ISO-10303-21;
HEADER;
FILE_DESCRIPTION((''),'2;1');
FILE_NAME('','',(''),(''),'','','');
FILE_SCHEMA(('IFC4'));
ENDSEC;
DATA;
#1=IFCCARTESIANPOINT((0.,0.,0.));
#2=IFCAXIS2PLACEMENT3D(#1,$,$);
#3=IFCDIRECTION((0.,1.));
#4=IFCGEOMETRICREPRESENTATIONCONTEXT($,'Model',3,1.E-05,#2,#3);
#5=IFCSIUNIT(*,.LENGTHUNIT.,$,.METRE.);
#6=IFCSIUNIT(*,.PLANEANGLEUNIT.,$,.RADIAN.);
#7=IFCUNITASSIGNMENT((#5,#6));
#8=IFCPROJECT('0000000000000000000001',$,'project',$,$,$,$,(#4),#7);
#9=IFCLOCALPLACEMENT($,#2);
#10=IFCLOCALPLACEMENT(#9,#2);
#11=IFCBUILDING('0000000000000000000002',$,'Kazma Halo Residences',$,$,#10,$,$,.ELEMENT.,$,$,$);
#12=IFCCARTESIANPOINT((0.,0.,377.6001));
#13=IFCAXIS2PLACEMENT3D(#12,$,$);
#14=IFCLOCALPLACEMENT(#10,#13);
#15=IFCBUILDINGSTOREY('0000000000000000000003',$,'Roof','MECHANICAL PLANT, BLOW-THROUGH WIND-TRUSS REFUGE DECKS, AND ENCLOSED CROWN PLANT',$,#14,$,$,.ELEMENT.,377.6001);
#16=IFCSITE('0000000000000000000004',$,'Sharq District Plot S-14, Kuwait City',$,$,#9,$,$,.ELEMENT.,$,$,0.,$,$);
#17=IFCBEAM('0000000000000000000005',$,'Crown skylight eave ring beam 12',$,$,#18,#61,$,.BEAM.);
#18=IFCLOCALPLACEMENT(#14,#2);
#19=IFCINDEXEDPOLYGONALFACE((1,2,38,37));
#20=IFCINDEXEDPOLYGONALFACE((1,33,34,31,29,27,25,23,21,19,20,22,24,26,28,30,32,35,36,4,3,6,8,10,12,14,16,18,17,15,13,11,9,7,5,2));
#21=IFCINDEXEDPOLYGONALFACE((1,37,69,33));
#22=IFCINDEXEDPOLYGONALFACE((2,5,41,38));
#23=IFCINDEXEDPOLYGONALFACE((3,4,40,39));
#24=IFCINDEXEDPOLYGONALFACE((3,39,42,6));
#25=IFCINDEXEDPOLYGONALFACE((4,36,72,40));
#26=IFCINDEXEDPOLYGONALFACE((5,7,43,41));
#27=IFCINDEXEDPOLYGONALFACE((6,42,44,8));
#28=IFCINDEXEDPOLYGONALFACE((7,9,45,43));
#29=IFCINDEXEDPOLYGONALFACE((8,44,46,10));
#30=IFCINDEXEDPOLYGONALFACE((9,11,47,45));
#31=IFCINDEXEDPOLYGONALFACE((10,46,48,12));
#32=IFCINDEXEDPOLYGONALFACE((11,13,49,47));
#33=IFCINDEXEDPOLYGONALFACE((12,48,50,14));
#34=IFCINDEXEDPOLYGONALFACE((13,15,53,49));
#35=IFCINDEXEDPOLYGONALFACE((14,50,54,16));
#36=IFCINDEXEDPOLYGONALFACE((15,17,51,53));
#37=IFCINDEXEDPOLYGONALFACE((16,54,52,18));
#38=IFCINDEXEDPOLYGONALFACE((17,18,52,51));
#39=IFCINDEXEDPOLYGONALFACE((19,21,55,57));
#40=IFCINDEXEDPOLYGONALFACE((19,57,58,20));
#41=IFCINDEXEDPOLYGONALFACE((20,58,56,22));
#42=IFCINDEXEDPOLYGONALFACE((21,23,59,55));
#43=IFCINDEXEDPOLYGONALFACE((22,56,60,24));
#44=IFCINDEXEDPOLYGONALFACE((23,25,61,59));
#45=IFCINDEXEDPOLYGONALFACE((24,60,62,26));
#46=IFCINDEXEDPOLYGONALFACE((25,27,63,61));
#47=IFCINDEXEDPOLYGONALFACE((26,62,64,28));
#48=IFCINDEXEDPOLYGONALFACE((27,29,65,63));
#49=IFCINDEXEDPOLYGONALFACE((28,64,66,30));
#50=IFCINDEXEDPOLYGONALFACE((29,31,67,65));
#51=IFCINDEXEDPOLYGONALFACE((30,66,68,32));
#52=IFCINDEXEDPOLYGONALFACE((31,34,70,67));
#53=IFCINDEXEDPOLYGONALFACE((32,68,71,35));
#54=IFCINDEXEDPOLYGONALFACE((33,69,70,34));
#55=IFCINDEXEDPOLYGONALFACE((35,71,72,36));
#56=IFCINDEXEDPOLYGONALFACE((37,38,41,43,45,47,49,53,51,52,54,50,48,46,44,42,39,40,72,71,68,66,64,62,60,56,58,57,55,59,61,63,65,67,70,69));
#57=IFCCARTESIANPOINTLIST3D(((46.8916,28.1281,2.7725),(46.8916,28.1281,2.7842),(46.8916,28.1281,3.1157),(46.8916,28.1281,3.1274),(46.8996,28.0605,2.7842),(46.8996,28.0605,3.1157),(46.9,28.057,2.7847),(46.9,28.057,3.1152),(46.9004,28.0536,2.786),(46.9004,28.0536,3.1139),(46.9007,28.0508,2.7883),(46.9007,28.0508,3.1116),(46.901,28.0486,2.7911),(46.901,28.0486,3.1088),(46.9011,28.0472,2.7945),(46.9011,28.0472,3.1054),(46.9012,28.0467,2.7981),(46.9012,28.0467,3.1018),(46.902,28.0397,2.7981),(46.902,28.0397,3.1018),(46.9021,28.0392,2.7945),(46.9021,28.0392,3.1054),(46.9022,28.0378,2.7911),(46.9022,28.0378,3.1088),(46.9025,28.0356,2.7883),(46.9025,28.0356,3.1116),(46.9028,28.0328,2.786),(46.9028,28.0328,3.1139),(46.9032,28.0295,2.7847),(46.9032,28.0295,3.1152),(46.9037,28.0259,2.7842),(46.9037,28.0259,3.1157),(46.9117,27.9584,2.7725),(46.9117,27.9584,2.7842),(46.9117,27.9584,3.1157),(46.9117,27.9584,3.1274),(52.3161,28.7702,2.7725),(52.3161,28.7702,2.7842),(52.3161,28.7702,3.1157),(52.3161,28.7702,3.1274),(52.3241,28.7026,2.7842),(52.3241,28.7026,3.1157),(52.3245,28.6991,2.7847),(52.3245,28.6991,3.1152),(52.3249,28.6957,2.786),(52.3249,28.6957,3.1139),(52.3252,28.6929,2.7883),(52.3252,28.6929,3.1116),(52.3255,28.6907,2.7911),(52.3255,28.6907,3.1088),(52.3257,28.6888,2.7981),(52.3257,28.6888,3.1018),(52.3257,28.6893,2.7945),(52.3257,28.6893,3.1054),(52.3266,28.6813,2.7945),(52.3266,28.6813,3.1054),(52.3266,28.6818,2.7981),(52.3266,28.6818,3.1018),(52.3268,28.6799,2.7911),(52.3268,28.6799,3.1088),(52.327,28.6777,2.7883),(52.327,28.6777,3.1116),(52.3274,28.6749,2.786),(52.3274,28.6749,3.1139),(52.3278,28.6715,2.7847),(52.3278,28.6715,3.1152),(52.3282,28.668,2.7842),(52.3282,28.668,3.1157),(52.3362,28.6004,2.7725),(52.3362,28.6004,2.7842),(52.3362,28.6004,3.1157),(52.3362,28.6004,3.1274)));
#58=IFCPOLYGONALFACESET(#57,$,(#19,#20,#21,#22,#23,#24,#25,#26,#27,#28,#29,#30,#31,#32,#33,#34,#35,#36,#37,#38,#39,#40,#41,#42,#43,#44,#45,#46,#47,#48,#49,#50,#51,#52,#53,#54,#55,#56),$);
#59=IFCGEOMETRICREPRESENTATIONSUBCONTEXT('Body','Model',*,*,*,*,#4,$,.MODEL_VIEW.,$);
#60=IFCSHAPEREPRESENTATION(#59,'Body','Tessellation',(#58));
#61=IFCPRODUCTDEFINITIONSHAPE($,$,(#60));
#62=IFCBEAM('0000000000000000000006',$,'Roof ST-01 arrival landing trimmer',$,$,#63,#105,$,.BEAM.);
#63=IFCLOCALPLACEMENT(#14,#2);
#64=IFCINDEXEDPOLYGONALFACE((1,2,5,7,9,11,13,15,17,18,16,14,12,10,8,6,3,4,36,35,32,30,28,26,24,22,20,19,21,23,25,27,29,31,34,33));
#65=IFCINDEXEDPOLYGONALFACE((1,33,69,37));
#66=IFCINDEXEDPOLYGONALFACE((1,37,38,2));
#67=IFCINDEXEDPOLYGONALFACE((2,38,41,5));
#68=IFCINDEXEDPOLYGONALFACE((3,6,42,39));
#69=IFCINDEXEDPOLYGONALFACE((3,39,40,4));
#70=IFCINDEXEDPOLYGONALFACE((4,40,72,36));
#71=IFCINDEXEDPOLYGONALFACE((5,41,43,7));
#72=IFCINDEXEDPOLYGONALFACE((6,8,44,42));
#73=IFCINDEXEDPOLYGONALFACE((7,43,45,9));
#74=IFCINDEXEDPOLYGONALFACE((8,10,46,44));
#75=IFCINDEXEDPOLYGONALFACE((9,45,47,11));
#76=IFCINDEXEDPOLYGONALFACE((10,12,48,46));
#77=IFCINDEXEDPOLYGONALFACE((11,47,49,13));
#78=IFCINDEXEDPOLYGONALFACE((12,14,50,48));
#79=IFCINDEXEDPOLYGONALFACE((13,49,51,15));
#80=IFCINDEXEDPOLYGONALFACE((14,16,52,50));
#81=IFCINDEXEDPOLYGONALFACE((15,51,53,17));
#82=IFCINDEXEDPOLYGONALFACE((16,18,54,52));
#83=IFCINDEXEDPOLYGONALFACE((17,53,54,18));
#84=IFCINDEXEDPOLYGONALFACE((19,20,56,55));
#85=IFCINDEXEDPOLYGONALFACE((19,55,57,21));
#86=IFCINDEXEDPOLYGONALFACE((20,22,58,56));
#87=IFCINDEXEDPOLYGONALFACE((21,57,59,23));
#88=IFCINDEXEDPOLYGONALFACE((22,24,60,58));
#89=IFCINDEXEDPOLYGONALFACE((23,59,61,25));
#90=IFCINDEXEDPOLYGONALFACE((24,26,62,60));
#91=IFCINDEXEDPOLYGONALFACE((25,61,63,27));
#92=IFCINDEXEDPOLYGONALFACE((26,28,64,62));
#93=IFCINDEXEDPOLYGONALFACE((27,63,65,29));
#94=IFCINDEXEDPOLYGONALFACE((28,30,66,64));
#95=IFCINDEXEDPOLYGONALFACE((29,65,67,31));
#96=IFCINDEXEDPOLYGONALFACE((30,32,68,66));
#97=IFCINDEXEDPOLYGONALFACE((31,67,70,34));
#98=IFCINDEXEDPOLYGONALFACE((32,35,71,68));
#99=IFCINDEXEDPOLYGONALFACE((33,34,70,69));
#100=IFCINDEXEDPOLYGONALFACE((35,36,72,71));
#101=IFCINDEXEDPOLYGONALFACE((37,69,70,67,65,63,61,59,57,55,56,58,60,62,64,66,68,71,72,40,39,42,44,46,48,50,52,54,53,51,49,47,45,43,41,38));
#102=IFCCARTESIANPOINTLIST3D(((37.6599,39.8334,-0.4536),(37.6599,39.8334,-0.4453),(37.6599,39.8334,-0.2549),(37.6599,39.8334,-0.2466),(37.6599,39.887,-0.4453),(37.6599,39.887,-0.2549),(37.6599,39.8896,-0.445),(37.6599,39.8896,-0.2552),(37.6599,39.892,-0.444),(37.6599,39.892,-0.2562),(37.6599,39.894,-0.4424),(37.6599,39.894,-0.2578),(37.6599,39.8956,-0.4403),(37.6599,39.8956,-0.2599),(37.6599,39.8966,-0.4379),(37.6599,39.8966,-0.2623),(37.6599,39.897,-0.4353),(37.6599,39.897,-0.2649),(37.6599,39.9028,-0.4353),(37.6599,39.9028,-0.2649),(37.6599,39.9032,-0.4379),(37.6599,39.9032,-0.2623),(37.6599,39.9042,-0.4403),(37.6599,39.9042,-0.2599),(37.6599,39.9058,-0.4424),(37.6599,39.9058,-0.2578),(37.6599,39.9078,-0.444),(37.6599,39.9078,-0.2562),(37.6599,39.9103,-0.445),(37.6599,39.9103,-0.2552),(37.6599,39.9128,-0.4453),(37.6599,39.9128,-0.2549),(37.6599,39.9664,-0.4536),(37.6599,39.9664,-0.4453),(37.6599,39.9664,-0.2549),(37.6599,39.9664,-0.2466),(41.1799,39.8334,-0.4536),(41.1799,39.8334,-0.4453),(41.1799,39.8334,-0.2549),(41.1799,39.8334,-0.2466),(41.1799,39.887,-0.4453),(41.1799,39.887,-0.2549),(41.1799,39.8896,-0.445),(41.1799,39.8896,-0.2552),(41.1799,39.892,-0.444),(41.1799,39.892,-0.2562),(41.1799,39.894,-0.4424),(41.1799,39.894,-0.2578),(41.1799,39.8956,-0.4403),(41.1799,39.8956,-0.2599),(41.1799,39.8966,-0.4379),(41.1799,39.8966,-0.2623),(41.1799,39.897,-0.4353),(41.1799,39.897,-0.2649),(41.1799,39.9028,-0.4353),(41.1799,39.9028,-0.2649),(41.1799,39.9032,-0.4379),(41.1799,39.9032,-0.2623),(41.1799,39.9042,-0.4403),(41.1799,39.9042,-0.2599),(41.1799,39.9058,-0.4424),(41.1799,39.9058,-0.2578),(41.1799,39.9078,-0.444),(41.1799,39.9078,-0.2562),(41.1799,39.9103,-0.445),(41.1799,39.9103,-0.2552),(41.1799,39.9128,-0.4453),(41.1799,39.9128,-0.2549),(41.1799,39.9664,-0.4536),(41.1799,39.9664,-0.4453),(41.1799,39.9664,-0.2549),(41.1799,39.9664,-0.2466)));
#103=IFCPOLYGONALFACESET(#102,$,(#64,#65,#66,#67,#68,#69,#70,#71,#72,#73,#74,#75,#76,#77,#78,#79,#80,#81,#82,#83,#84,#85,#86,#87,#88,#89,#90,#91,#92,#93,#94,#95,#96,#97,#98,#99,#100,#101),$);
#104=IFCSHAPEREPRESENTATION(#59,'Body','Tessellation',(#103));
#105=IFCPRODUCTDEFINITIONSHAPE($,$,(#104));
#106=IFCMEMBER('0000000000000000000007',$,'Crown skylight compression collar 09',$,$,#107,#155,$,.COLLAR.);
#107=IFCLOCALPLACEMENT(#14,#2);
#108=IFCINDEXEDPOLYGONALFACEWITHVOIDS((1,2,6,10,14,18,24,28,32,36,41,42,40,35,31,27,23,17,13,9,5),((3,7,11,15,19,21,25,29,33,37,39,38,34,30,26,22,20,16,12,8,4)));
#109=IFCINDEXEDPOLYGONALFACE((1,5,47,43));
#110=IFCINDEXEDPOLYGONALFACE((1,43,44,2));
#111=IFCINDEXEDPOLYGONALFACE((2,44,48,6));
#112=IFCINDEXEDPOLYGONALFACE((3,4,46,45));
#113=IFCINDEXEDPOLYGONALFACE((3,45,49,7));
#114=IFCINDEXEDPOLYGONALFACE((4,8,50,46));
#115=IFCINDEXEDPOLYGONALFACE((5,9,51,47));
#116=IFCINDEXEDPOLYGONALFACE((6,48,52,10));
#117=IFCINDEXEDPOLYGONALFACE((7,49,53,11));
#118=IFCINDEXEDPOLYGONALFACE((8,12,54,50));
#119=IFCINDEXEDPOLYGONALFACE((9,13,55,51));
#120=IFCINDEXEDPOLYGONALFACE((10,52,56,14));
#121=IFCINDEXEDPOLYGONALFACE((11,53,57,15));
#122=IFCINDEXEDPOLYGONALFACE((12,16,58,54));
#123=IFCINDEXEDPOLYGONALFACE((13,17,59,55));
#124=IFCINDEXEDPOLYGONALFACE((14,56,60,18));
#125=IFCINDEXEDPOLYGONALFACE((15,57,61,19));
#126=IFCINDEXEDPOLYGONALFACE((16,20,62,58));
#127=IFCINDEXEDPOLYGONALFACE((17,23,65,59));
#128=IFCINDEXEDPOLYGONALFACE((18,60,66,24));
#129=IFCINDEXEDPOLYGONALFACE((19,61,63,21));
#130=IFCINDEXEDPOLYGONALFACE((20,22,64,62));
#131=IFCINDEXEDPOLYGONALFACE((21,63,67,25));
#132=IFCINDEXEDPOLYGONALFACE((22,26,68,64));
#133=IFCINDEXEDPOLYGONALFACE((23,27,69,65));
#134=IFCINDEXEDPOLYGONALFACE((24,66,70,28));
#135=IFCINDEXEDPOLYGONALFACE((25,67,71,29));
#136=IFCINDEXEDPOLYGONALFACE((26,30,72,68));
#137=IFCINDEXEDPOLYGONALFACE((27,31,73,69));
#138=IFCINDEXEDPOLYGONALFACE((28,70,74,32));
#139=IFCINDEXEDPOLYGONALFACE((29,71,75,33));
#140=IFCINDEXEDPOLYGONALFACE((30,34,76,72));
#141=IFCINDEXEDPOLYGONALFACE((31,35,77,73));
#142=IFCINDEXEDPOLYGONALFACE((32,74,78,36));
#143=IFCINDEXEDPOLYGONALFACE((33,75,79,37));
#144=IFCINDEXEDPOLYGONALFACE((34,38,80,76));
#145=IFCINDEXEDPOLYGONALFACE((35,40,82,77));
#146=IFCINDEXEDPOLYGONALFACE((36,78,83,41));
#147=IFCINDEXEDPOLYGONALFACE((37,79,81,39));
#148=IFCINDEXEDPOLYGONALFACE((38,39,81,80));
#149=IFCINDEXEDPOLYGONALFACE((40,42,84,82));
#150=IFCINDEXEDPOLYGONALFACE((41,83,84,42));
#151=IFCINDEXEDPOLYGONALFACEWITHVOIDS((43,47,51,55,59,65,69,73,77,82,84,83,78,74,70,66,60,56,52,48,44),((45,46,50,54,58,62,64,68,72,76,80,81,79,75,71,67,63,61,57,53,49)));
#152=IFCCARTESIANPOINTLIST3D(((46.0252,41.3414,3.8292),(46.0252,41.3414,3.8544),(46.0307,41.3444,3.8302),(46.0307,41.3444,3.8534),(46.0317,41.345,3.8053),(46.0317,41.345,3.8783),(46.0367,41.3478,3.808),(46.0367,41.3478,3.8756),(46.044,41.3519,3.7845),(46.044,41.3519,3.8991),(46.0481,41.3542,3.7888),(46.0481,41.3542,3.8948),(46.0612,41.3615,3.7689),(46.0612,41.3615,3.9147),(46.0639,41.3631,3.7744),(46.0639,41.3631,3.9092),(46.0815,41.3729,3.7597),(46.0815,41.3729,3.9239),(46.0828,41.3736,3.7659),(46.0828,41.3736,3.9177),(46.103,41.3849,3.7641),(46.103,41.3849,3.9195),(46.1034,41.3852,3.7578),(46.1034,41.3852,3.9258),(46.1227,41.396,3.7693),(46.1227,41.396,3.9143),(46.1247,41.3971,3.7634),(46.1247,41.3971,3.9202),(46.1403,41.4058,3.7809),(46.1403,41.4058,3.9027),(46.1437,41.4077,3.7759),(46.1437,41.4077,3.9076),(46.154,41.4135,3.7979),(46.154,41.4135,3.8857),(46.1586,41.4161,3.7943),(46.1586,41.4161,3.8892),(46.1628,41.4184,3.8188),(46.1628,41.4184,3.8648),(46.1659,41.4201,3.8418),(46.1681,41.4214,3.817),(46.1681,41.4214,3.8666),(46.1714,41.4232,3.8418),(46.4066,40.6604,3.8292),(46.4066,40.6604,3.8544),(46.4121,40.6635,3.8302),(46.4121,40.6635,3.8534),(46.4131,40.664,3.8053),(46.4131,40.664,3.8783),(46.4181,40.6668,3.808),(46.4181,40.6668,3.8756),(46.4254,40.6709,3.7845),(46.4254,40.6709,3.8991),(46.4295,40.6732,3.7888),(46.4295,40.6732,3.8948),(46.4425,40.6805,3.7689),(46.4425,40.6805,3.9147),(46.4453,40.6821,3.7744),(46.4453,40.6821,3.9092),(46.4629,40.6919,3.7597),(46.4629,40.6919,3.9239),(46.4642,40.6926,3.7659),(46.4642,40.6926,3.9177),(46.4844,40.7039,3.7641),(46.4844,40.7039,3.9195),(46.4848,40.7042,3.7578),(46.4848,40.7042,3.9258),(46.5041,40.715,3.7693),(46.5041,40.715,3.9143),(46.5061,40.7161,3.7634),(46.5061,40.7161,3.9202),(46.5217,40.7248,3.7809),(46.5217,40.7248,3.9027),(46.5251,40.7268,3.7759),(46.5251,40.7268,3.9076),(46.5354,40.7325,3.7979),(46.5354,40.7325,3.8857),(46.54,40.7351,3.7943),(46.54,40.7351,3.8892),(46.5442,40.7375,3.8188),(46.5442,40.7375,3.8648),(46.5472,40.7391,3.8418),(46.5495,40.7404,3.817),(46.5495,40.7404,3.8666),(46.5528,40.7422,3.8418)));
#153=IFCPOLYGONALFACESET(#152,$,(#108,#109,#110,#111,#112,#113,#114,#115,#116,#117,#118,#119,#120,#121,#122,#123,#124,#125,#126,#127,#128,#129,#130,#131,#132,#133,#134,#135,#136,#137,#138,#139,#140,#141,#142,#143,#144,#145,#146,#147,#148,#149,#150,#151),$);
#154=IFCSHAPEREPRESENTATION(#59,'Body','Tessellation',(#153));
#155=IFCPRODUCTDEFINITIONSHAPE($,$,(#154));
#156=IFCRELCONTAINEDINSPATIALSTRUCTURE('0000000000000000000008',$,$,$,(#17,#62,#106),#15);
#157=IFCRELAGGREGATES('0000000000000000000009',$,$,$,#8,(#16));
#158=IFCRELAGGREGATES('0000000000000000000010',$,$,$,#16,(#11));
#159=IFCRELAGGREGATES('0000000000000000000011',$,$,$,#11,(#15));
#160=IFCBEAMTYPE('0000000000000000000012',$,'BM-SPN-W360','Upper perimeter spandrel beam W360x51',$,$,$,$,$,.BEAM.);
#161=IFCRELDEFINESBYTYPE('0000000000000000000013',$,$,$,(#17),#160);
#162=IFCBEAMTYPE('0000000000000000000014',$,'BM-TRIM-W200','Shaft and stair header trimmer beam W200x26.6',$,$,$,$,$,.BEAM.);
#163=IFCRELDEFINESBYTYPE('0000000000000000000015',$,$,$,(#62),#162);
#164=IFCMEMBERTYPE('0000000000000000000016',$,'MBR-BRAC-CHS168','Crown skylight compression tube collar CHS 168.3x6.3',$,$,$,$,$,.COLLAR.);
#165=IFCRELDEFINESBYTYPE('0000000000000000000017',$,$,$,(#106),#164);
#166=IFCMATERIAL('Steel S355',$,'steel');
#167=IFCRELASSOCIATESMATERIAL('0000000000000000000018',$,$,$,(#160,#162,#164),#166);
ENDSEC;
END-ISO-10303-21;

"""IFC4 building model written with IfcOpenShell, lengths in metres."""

from ifc_helpers import new_model, si_unit, direction, frame, origin, origin_2d, place, context, subcontext, project, spatial, hollow_circle, i_section, extrude, material, material_profile, profile_set, type_object, element, save


model = new_model("IFC4")

# Units and contexts
model_context = context("Model", 3, precision=1e-05, world=origin(), true_north=direction((0.0, 1.0)))
body_context = subcontext(model_context, "Body", "Model", "MODEL_VIEW")
ifc_project = project(units=[si_unit("LENGTHUNIT", "METRE"), si_unit("PLANEANGLEUNIT", "RADIAN")], contexts=[model_context])

# Site, building, storey
site_placement = place(None, origin())
site = spatial("IfcSite", under=ifc_project, at=site_placement, Name="Sharq District Plot S-14, Kuwait City", CompositionType="ELEMENT", RefElevation=0.0)
building_placement = place(site_placement, origin())
building = spatial("IfcBuilding", under=site, at=building_placement, Name="Kazma Halo Residences", CompositionType="ELEMENT")
storey_placement = place(building_placement, frame((0.0, 0.0, 377.6001)))
storey = spatial("IfcBuildingStorey", under=building, at=storey_placement, Name="Roof", Description="MECHANICAL PLANT, BLOW-THROUGH WIND-TRUSS REFUGE DECKS, AND ENCLOSED CROWN PLANT", CompositionType="ELEMENT", Elevation=377.6001)

# Shared definitions
ifc_material_1 = material(Name="Steel S355", Category="steel")

# Beams
ifc_material_profile_1 = material_profile(ifc_material_1, i_section(OverallWidth=0.1709, OverallDepth=0.355, WebThickness=0.0071, FlangeThickness=0.0117, FilletRadius=0.0139, at=origin_2d()), Name="W360x51")
ifc_profile_set_1 = profile_set([ifc_material_profile_1], Name="Steel S355")
beam_type_1 = type_object("IfcBeamType", Name="BM-SPN-W360", Description="Upper perimeter spandrel beam W360x51", PredefinedType="BEAM", material=ifc_profile_set_1)
beam_1_placement = place(storey_placement, frame((46.9016, 28.0432, 2.95), z_axis=(0.993067, 0.117547, 0.0), x_axis=(-0.117547, 0.993067, 0.0)))
element("IfcBeam", 1, at=beam_1_placement, inside=storey, type_object=beam_type_1, Name="Crown skylight eave ring beam 12", PredefinedType="BEAM", context=body_context, shape_type="SweptSolid", body=[
    extrude(i_section(OverallWidth=0.1709, OverallDepth=0.355, WebThickness=0.0071, FlangeThickness=0.0117, FilletRadius=0.0139, at=origin_2d()), origin(), (0.0, 0.0, 1.0), 5.4624),
])
ifc_material_profile_2 = material_profile(ifc_material_1, i_section(OverallWidth=0.1331, OverallDepth=0.207, WebThickness=0.0059, FlangeThickness=0.0083, FilletRadius=0.01, at=origin_2d()), Name="W200x26.6")
ifc_profile_set_2 = profile_set([ifc_material_profile_2], Name="Steel S355")
beam_type_2 = type_object("IfcBeamType", Name="BM-TRIM-W200", Description="Shaft and stair header trimmer beam W200x26.6", PredefinedType="BEAM", material=ifc_profile_set_2)
beam_2_placement = place(storey_placement, frame((37.6599, 39.8999, -0.3501), z_axis=(1.0, 0.0, 0.0), x_axis=(0.0, 1.0, 0.0)))
element("IfcBeam", 2, at=beam_2_placement, inside=storey, type_object=beam_type_2, Name="Roof ST-01 arrival landing trimmer", PredefinedType="BEAM", context=body_context, shape_type="SweptSolid", body=[
    extrude(i_section(OverallWidth=0.1331, OverallDepth=0.207, WebThickness=0.0059, FlangeThickness=0.0083, FilletRadius=0.01, at=origin_2d()), origin(), (0.0, 0.0, 1.0), 3.52),
])

# Member
ifc_material_profile_3 = material_profile(ifc_material_1, hollow_circle(Radius=0.0842, WallThickness=0.0063, at=origin_2d()), Name="CHS168.3x6.3")
ifc_profile_set_3 = profile_set([ifc_material_profile_3], Name="Steel S355")
member_type_1 = type_object("IfcMemberType", Name="MBR-BRAC-CHS168", Description="Crown skylight compression tube collar CHS 168.3x6.3", PredefinedType="COLLAR", material=ifc_profile_set_3)
member_1_placement = place(storey_placement, frame((46.0979, 41.3821, 3.8418), z_axis=(0.488641, -0.872485, 0.0), x_axis=(0.872485, 0.488641, 0.0)))
element("IfcMember", 3, at=member_1_placement, inside=storey, type_object=member_type_1, Name="Crown skylight compression collar 09", PredefinedType="COLLAR", context=body_context, shape_type="SweptSolid", body=[
    extrude(hollow_circle(Radius=0.0842, WallThickness=0.0063, at=origin_2d()), origin(), (0.0, 0.0, 1.0), 0.7805),
])

save(model, "model.ifc")
